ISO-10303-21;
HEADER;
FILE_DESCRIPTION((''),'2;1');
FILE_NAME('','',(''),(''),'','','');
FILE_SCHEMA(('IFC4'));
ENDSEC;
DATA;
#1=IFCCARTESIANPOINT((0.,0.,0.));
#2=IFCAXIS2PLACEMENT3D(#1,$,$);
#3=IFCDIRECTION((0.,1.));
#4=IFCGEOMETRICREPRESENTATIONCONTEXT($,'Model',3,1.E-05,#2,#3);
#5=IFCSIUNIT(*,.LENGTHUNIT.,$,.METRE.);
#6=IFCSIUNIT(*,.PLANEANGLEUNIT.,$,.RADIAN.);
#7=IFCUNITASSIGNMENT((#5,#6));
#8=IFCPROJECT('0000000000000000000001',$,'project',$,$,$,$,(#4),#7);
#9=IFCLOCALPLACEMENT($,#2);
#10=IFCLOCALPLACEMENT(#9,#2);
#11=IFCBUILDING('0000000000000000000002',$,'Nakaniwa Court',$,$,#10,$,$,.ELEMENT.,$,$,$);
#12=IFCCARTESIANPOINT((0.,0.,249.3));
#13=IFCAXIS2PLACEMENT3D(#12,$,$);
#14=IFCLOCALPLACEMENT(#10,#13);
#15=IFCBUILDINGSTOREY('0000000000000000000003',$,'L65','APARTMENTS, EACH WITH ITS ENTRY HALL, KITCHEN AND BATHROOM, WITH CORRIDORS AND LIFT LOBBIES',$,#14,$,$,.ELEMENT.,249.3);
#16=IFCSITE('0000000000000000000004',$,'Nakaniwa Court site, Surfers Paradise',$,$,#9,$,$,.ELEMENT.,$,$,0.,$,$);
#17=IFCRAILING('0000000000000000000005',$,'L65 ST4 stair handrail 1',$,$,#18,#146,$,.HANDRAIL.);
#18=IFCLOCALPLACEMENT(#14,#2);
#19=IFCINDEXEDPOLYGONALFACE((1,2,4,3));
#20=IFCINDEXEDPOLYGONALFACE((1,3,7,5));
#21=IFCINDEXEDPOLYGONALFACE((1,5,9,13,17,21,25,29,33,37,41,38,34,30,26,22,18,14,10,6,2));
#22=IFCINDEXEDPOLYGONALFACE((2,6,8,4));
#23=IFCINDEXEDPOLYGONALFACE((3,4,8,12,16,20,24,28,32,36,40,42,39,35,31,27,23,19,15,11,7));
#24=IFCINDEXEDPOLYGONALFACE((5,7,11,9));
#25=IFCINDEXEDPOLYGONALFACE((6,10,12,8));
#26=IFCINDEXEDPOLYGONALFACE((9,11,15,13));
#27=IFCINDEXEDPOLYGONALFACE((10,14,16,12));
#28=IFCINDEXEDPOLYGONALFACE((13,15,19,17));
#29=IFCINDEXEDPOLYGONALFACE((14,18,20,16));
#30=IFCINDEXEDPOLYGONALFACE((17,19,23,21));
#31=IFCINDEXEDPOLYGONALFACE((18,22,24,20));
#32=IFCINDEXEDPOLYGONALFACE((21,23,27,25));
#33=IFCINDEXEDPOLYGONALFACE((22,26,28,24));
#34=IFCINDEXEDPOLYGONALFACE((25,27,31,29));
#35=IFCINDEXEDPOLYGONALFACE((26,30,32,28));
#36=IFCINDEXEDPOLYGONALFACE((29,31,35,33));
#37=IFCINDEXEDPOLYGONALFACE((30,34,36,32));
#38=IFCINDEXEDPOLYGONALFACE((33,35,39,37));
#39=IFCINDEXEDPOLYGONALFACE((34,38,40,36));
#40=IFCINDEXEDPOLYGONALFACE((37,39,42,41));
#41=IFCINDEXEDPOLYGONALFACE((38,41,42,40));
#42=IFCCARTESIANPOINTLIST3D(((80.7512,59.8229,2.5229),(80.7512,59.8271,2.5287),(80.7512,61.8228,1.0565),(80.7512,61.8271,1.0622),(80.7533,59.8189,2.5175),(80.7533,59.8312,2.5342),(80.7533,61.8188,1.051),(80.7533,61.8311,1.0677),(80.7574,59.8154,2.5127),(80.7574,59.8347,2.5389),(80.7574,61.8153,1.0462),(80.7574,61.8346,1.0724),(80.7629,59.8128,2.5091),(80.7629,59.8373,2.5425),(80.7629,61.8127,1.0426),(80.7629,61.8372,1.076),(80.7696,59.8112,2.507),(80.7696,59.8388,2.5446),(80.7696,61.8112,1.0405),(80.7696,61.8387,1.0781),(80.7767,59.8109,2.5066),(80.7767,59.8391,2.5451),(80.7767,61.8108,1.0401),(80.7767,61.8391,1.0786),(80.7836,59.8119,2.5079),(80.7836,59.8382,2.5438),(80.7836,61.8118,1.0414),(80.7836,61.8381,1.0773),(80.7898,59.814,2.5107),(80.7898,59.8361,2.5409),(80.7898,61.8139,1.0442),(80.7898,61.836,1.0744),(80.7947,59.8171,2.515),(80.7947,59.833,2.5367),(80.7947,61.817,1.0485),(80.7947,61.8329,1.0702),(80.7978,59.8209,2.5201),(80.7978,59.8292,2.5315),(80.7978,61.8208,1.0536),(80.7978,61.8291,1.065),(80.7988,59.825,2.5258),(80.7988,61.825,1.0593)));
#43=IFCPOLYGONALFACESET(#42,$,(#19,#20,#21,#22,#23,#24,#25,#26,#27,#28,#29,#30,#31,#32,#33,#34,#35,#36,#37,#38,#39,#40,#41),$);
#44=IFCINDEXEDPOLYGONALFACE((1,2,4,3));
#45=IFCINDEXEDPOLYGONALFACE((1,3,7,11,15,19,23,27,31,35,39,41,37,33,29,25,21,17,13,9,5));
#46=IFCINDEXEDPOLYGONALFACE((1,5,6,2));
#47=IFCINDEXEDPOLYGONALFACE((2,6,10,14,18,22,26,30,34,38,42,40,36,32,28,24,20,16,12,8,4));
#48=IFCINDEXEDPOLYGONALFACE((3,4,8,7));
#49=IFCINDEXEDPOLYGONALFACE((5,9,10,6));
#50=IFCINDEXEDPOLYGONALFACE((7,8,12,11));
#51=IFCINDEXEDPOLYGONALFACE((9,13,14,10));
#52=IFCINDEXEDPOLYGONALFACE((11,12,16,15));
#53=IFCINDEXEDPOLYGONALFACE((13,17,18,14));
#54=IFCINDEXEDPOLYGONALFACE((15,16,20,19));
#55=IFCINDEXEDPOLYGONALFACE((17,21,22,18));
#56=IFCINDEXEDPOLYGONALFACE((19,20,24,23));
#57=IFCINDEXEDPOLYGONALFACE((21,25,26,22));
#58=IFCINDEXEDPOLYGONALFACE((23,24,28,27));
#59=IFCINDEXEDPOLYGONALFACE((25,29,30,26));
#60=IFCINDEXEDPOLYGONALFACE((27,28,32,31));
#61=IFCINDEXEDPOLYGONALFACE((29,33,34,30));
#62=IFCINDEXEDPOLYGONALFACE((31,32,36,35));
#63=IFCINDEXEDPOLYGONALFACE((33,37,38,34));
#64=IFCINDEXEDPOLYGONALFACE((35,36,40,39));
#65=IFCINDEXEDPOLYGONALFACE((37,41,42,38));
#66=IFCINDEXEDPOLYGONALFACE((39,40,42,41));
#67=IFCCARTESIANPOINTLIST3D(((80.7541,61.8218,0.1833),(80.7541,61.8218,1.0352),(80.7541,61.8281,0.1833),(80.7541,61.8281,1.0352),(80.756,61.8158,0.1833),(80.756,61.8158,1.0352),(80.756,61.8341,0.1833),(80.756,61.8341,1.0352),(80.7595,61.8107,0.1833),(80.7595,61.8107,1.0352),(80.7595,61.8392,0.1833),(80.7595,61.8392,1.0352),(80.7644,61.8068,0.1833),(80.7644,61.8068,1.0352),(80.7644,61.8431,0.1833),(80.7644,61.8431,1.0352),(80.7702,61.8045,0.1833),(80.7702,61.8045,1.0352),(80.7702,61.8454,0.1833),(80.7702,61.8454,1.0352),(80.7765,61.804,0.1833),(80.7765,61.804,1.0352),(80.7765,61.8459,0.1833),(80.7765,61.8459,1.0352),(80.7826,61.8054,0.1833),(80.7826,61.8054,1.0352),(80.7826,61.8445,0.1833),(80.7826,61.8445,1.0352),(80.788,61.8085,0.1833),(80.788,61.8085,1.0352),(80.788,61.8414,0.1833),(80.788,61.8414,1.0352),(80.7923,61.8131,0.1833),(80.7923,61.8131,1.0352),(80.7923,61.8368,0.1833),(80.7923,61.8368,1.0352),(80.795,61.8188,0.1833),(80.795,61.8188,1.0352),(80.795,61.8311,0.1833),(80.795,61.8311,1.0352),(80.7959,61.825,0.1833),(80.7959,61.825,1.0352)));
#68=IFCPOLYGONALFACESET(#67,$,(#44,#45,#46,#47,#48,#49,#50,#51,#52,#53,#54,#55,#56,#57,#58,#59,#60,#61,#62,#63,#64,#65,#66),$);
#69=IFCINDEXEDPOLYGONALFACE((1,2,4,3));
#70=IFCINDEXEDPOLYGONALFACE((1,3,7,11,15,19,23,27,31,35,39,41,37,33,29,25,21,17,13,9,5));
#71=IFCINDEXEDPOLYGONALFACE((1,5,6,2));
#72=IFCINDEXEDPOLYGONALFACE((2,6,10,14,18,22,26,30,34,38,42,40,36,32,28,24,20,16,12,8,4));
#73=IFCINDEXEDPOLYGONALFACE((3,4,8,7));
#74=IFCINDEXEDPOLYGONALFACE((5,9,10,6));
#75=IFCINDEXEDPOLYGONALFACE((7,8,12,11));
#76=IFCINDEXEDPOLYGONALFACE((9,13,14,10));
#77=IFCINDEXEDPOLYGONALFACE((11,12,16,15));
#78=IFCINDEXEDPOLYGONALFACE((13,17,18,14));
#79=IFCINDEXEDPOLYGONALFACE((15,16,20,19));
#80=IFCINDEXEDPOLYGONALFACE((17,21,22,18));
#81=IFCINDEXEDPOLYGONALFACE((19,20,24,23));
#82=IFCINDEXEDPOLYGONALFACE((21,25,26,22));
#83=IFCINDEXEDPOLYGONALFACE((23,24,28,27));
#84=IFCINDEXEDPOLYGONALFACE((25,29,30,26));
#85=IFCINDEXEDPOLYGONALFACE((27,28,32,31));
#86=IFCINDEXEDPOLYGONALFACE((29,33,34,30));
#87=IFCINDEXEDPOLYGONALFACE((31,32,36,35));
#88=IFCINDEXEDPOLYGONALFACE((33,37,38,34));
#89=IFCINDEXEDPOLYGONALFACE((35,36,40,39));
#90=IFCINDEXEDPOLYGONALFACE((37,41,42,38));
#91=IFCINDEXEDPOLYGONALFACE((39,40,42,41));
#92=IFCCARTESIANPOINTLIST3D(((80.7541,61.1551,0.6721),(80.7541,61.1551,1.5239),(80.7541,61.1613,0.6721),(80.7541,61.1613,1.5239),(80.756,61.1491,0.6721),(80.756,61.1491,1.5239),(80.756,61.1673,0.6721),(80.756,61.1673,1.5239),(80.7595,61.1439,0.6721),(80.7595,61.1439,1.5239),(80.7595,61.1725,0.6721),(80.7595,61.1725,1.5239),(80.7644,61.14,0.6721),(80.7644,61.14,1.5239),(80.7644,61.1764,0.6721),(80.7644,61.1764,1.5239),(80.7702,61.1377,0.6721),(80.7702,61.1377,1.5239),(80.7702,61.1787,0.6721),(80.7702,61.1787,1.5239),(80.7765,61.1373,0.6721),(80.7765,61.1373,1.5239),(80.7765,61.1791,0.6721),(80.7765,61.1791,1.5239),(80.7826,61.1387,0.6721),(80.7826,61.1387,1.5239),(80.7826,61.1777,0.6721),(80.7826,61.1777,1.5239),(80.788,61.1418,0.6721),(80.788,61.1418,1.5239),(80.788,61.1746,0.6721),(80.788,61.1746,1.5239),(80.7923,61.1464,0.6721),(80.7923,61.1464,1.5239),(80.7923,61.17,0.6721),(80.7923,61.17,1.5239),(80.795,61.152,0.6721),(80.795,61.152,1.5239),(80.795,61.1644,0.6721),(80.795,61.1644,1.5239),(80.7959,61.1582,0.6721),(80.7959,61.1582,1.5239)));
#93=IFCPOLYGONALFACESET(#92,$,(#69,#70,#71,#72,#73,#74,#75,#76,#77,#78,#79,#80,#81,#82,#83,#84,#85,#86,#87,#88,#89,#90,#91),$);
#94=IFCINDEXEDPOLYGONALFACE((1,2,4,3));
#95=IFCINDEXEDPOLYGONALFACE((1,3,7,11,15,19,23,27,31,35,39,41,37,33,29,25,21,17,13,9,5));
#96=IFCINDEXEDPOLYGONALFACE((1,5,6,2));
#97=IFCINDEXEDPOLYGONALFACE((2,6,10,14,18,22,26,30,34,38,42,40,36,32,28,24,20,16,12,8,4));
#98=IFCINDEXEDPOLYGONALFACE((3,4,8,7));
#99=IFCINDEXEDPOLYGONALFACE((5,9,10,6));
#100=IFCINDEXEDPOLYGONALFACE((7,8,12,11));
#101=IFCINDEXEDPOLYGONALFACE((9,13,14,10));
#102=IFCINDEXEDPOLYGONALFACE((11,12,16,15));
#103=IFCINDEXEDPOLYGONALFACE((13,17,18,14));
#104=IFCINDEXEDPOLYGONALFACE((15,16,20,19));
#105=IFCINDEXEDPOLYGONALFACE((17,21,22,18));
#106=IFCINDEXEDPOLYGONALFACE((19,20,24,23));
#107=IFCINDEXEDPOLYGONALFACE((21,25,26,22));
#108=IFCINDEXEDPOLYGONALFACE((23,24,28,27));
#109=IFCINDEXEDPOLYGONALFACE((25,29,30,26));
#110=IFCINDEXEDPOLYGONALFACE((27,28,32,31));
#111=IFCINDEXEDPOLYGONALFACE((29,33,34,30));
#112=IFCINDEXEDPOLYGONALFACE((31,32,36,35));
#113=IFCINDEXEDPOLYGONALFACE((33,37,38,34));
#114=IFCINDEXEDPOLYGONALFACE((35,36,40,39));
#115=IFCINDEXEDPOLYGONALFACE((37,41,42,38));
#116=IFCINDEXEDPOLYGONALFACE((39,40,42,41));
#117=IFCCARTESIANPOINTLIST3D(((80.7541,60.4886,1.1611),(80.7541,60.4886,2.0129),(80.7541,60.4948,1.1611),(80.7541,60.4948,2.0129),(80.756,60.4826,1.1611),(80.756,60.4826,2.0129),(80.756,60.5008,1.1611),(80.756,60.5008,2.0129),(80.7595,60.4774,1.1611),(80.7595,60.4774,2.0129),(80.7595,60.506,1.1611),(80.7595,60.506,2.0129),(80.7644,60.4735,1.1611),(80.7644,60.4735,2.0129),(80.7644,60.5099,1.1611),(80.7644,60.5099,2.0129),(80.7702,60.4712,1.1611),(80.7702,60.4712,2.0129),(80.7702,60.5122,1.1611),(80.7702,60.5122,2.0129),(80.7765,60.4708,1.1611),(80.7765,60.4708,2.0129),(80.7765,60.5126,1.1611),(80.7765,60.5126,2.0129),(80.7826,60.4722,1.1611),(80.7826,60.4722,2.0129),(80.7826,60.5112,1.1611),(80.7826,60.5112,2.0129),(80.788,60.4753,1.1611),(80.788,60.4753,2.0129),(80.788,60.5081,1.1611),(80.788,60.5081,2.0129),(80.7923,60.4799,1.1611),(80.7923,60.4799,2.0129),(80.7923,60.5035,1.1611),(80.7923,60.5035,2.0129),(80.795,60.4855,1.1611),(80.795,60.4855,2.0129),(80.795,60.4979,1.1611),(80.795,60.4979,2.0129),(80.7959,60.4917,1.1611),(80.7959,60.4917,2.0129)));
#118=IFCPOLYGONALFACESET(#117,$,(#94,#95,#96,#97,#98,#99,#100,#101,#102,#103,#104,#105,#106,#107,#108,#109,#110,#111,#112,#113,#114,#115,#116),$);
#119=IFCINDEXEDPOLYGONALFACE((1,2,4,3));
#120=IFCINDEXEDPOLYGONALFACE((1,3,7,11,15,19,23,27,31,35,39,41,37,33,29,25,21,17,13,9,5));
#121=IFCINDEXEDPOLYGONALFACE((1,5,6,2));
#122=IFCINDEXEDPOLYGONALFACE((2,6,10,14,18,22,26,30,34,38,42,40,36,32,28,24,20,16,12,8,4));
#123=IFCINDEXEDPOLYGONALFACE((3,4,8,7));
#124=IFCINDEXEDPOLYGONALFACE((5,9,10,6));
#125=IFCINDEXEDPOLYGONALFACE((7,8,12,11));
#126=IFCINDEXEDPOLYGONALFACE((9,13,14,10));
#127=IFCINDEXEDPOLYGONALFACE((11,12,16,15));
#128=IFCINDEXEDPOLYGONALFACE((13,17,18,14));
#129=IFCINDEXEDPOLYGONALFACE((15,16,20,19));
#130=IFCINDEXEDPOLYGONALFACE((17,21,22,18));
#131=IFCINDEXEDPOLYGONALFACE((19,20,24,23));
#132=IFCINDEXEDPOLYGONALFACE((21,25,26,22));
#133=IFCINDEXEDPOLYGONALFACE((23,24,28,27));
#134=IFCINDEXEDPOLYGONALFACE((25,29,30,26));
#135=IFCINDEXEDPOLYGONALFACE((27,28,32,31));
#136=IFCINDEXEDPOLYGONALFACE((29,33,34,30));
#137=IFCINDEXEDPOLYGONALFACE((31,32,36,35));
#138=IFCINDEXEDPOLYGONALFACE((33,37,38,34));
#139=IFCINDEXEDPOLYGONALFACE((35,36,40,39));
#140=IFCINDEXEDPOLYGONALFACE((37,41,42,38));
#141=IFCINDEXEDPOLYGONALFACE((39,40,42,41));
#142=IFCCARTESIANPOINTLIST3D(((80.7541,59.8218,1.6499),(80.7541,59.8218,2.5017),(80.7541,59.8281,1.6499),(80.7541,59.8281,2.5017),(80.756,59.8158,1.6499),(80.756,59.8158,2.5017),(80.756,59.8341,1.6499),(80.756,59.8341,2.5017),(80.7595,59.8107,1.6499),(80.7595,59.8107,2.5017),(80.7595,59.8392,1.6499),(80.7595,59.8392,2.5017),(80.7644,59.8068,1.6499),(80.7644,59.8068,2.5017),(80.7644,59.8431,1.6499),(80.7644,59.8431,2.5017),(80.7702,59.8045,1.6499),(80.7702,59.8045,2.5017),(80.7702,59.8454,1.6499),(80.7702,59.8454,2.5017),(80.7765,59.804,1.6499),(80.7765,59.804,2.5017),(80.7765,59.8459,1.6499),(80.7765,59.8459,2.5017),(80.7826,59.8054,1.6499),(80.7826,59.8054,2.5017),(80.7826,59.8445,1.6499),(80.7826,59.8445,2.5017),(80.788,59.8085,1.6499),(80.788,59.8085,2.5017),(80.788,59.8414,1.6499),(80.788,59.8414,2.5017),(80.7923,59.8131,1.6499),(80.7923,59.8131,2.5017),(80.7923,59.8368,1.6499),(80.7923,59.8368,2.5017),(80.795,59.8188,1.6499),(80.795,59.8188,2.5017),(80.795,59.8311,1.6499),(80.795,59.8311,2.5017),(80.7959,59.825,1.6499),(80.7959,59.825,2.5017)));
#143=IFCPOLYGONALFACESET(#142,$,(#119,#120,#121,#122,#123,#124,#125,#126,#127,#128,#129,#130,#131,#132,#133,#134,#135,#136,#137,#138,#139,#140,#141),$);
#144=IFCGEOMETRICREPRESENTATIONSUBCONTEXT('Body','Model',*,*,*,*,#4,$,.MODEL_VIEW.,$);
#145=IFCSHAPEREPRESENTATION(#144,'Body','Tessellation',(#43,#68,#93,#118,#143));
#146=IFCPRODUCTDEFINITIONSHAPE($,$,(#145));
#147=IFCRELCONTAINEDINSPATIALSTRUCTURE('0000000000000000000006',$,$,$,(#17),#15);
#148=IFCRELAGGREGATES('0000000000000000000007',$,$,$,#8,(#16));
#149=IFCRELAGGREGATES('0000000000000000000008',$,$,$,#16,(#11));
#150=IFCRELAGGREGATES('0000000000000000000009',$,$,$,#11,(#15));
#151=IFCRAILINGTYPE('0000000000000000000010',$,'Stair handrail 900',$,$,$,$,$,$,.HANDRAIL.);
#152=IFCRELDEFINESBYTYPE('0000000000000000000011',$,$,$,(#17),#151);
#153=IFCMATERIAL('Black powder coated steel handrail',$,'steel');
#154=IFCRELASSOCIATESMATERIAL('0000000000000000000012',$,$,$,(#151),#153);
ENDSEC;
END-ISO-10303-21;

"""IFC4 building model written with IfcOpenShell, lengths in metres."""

from ifc_helpers import new_model, si_unit, direction, frame, origin, origin_2d, place, context, subcontext, project, spatial, circle, extrude, material, type_object, element, save


model = new_model("IFC4")

# Units and contexts
model_context = context("Model", 3, precision=1e-05, world=origin(), true_north=direction((0.0, 1.0)))
body_context = subcontext(model_context, "Body", "Model", "MODEL_VIEW")
ifc_project = project(units=[si_unit("LENGTHUNIT", "METRE"), si_unit("PLANEANGLEUNIT", "RADIAN")], contexts=[model_context])

# Site, building, storey
site_placement = place(None, origin())
site = spatial("IfcSite", under=ifc_project, at=site_placement, Name="Nakaniwa Court site, Surfers Paradise", CompositionType="ELEMENT", RefElevation=0.0)
building_placement = place(site_placement, origin())
building = spatial("IfcBuilding", under=site, at=building_placement, Name="Nakaniwa Court", CompositionType="ELEMENT")
storey_placement = place(building_placement, frame((0.0, 0.0, 249.3)))
storey = spatial("IfcBuildingStorey", under=building, at=storey_placement, Name="L65", Description="APARTMENTS, EACH WITH ITS ENTRY HALL, KITCHEN AND BATHROOM, WITH CORRIDORS AND LIFT LOBBIES", CompositionType="ELEMENT", Elevation=249.3)

# Railing
ifc_material_1 = material(Name="Black powder coated steel handrail", Category="steel")
railing_type_1 = type_object("IfcRailingType", Name="Stair handrail 900", PredefinedType="HANDRAIL", material=ifc_material_1)
railing_1_placement = place(storey_placement, frame((80.7749, 61.825, 0.1833)))
element("IfcRailing", 1, at=railing_1_placement, inside=storey, type_object=railing_type_1, Name="L65 ST4 stair handrail 1", PredefinedType="HANDRAIL", context=body_context, shape_type="SweptSolid", body=[
    extrude(circle(Radius=0.0239, at=origin_2d()), frame((0.0, 0.0, 0.876), z_axis=(0.0, -0.806427, 0.591334), x_axis=(1.0, 0.0, 0.0)), (0.0, 0.0, 1.0), 2.48),
    extrude(circle(Radius=0.021, at=origin_2d()), origin(), (0.0, 0.0, 1.0), 0.8518),
    extrude(circle(Radius=0.021, at=origin_2d()), frame((0.0, -0.6667, 0.4888)), (0.0, 0.0, 1.0), 0.8518),
    extrude(circle(Radius=0.021, at=origin_2d()), frame((0.0, -1.3333, 0.9778)), (0.0, 0.0, 1.0), 0.8518),
    extrude(circle(Radius=0.021, at=origin_2d()), frame((0.0, -2.0, 1.4666)), (0.0, 0.0, 1.0), 0.8518),
])

save(model, "model.ifc")
